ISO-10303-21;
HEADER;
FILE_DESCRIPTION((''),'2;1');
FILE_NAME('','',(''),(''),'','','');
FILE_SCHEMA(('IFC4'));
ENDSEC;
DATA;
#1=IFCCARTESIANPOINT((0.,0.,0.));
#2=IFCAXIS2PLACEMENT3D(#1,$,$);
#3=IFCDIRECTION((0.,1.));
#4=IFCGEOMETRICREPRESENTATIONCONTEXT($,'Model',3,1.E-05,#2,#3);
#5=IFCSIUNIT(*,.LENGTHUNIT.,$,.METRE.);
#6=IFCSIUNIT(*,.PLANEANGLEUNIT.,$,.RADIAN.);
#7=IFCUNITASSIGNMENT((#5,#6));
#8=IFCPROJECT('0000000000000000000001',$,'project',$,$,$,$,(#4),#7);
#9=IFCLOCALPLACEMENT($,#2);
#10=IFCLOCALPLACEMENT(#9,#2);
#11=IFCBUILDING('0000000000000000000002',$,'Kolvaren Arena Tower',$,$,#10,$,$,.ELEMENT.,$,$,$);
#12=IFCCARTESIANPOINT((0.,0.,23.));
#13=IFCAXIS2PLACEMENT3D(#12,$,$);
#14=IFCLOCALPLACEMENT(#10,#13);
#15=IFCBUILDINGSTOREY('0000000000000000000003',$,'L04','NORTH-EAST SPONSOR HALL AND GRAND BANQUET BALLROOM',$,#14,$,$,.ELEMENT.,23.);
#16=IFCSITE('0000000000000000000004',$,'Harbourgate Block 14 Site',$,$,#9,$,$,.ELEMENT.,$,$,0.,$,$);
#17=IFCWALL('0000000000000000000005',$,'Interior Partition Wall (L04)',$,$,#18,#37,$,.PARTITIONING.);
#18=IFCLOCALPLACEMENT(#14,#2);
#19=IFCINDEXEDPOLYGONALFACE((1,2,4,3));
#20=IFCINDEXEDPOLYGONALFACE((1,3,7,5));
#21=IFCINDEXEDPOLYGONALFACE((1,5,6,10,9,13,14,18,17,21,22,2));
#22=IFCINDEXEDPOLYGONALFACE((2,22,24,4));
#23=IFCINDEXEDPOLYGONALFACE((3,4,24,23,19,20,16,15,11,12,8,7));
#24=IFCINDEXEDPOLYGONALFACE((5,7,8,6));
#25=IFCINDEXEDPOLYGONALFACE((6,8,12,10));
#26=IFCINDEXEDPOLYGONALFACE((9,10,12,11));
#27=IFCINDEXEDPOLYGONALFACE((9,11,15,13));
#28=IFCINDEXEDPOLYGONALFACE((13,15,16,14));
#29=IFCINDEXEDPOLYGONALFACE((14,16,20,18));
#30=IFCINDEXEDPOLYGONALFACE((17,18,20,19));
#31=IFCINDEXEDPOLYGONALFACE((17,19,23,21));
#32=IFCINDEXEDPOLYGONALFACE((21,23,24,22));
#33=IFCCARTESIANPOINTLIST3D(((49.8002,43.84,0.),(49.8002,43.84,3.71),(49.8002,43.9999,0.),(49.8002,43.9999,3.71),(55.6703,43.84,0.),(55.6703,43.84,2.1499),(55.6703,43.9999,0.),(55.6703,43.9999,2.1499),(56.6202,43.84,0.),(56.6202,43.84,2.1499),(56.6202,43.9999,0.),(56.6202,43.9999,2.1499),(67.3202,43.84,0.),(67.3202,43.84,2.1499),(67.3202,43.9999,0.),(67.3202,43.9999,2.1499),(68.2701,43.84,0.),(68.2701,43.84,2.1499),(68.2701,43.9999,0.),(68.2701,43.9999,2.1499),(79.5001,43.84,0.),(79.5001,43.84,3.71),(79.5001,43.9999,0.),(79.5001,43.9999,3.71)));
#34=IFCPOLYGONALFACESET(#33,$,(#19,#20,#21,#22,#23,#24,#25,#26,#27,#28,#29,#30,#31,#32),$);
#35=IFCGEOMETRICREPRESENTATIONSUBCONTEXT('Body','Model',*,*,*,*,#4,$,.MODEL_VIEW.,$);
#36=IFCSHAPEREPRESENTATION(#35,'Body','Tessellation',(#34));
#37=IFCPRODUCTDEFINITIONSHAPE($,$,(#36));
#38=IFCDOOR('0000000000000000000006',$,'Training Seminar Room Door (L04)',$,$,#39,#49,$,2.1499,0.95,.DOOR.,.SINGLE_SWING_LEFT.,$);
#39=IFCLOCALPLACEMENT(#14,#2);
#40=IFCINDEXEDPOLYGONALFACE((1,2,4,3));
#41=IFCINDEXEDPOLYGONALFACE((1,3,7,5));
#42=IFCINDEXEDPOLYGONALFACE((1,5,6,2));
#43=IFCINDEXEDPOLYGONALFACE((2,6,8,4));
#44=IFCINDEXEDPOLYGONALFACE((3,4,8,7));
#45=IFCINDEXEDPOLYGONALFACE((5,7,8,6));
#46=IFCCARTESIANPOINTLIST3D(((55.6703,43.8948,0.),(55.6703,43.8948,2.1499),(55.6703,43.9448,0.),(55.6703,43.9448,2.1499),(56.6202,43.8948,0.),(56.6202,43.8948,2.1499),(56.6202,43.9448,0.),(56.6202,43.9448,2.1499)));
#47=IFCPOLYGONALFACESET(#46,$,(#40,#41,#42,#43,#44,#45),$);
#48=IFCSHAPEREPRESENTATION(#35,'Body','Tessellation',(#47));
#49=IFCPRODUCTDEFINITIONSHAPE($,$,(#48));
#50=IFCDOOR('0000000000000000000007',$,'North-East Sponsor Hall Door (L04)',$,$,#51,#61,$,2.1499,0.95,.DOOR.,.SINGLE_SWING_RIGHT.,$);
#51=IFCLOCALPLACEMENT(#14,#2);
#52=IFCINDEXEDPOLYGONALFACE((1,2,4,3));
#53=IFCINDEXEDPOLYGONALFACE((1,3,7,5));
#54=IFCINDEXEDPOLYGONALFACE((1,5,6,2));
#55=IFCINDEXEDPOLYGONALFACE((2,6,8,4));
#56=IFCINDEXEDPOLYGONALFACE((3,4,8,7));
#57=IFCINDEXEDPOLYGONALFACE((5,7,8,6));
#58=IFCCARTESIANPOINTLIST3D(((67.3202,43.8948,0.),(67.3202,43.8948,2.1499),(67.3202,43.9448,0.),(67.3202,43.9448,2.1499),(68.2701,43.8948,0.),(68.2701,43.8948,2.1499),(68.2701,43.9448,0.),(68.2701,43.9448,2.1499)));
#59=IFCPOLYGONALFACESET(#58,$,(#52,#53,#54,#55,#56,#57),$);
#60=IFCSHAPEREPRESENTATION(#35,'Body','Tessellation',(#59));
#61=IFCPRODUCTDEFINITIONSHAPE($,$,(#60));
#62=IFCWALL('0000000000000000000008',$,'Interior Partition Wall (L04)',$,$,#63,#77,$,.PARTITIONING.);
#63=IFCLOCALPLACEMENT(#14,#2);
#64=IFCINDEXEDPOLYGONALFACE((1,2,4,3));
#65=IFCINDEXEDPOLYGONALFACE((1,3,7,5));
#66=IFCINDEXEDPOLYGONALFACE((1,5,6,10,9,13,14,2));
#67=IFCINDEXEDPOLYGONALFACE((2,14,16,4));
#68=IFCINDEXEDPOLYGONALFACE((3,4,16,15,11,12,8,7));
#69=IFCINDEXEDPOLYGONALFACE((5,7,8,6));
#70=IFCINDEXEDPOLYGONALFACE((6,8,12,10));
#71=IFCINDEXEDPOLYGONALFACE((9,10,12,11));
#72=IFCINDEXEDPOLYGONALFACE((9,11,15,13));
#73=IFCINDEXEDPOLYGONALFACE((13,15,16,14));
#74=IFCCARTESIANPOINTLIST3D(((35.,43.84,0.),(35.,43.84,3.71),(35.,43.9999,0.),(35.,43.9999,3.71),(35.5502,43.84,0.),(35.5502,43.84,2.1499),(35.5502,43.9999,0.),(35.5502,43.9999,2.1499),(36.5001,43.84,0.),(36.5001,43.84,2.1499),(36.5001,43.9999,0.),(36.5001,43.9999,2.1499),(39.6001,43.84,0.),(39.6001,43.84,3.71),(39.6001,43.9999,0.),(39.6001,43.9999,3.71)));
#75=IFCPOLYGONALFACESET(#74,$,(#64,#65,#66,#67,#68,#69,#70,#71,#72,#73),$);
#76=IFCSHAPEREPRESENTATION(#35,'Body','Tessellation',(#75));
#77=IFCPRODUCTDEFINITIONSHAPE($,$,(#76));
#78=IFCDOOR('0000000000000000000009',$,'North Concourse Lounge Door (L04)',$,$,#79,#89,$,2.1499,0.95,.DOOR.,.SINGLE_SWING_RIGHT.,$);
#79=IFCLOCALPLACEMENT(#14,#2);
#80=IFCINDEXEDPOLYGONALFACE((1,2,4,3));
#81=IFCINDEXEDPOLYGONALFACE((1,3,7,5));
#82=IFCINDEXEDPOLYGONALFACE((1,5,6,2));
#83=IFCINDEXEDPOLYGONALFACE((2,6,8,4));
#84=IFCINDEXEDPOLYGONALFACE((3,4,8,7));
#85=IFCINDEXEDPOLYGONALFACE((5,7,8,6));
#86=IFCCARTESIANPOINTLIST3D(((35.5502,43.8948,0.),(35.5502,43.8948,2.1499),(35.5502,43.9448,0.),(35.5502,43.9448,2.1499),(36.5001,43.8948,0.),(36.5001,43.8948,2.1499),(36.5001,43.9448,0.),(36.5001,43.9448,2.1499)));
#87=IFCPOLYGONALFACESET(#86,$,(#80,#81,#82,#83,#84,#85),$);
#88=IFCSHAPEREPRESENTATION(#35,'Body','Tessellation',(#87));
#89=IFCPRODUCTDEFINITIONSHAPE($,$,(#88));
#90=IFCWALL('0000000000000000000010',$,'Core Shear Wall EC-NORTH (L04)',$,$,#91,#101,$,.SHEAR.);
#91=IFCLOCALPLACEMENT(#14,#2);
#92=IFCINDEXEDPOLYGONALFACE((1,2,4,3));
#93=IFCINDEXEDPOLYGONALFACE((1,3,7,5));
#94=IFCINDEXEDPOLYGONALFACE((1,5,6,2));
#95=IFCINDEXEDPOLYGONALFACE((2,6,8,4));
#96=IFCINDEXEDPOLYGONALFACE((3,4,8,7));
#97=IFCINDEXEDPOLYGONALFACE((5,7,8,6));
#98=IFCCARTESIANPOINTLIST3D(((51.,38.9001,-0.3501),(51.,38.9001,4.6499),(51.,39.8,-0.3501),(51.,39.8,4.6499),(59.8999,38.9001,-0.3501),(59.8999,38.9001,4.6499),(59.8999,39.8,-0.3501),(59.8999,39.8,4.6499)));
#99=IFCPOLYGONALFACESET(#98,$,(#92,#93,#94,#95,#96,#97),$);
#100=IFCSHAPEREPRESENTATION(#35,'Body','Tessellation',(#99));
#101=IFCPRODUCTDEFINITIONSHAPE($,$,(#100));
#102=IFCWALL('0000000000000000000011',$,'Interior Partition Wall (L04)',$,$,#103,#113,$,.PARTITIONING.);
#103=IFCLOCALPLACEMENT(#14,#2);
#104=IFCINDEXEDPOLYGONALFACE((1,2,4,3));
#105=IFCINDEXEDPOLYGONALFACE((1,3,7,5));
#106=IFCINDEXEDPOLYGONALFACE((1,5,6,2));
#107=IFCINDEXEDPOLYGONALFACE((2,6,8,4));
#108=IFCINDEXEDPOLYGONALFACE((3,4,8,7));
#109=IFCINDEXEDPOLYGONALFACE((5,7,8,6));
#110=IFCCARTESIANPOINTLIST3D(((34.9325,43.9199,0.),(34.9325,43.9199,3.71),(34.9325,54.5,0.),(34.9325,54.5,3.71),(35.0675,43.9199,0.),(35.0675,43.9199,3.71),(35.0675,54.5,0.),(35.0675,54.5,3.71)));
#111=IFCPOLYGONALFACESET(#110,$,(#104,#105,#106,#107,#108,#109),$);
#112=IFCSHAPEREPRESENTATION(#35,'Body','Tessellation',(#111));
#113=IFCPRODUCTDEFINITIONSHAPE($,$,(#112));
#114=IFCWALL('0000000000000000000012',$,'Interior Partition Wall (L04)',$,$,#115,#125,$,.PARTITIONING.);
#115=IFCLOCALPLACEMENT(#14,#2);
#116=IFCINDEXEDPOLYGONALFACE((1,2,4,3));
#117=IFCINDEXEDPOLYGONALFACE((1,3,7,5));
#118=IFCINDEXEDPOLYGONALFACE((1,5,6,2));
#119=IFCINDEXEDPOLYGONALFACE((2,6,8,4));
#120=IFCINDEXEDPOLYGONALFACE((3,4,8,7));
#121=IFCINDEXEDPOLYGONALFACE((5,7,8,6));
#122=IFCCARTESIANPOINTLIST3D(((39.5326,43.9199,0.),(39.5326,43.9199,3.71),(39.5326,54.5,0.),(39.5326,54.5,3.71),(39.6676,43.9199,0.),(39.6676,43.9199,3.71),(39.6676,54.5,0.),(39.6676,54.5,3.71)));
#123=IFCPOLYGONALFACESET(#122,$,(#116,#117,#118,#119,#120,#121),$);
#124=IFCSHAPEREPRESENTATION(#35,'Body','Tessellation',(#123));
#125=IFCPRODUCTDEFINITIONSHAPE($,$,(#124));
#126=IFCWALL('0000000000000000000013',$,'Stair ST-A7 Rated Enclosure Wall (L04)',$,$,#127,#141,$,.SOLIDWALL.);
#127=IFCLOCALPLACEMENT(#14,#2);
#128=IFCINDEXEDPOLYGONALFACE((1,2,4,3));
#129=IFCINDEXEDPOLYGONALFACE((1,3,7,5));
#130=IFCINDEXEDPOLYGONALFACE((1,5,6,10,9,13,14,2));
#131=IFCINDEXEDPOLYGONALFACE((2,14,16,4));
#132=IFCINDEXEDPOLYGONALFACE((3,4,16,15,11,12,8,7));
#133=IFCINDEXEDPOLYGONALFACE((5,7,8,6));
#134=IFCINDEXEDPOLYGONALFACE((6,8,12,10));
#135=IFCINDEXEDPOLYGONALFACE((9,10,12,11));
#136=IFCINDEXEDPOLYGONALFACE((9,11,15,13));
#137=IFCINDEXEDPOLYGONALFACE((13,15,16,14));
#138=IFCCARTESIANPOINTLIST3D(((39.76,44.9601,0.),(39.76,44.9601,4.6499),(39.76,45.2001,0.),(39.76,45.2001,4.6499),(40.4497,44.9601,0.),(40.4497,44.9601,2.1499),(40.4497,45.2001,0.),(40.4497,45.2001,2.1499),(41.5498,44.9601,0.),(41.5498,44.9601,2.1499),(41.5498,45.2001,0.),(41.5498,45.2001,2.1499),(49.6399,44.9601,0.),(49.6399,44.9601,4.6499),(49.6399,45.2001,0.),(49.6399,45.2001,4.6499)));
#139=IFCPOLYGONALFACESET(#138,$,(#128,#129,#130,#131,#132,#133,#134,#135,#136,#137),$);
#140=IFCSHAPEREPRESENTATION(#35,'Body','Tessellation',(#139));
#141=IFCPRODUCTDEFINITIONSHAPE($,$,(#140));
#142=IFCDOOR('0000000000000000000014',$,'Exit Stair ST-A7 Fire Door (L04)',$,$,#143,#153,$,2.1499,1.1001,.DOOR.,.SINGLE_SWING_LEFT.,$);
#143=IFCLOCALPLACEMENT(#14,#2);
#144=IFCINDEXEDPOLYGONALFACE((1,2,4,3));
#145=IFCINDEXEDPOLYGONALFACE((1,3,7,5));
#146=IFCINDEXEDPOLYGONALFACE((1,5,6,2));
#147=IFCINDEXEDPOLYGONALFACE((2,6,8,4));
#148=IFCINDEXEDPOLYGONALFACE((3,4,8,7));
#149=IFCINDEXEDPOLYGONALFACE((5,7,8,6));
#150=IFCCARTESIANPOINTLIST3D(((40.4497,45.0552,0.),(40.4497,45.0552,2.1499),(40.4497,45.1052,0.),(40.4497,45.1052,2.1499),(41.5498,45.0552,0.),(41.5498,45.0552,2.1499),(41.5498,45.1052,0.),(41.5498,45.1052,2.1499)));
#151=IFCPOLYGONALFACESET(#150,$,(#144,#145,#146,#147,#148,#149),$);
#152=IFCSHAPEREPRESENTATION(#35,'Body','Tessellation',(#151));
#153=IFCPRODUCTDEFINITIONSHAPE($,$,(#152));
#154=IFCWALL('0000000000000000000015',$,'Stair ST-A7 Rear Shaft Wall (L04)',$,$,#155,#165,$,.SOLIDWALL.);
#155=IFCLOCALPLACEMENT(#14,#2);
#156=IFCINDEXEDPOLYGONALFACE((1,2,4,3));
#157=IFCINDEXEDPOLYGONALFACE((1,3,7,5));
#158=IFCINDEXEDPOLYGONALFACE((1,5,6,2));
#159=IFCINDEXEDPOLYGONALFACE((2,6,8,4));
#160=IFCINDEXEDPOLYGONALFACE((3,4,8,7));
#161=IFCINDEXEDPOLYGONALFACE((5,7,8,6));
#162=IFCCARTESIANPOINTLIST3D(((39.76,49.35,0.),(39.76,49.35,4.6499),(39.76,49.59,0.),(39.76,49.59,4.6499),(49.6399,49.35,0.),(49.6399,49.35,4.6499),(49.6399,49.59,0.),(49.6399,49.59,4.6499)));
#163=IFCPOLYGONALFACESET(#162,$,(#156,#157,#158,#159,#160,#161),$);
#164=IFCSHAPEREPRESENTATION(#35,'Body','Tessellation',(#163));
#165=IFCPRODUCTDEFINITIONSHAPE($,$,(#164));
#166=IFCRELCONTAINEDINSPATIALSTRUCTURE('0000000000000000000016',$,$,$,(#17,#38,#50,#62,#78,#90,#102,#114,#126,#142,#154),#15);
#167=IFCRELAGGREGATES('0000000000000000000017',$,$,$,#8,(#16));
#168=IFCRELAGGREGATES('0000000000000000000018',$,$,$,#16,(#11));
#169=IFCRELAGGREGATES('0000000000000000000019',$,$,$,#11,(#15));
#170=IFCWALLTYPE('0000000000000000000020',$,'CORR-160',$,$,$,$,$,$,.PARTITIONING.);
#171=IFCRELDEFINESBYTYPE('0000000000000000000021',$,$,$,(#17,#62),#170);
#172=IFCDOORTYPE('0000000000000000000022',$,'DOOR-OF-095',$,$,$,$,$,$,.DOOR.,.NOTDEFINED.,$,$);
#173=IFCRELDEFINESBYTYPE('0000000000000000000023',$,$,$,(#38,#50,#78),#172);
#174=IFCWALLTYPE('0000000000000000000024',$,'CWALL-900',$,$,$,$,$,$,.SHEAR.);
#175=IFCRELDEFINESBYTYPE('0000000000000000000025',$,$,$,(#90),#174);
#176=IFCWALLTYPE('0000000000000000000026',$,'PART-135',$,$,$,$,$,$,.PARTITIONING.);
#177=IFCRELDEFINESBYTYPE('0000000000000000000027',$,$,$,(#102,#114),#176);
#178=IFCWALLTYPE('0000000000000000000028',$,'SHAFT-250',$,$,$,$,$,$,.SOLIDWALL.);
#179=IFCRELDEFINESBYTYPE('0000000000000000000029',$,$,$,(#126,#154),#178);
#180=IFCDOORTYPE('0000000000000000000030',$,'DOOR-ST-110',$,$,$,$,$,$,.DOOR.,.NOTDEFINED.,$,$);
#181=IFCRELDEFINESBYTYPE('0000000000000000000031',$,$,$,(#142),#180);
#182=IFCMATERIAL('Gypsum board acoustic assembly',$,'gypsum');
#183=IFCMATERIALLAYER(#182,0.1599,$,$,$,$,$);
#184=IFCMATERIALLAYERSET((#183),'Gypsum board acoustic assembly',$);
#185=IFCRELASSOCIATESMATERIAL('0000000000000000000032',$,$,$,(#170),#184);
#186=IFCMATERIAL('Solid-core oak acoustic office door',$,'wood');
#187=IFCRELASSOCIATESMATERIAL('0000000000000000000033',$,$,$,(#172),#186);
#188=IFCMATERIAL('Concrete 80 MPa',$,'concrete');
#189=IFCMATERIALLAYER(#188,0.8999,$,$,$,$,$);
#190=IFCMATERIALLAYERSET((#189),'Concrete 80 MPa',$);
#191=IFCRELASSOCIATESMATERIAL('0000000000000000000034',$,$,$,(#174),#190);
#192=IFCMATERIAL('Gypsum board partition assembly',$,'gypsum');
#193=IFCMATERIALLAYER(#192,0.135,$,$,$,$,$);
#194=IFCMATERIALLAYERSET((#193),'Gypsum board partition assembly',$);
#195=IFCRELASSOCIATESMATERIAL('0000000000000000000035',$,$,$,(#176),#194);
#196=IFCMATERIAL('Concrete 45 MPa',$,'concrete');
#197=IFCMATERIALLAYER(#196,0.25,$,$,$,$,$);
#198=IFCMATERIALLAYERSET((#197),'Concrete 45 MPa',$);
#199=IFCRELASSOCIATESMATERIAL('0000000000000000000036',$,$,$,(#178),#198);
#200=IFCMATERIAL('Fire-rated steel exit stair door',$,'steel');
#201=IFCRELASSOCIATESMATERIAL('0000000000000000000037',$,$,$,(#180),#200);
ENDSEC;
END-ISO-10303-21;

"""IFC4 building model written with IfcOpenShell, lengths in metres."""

from ifc_helpers import new_model, si_unit, direction, frame, frame_2d, origin, place, context, subcontext, project, spatial, rectangle, extrude, material, layer, layer_set, type_object, element, fill, save


model = new_model("IFC4")

# Units and contexts
model_context = context("Model", 3, precision=1e-05, world=origin(), true_north=direction((0.0, 1.0)))
body_context = subcontext(model_context, "Body", "Model", "MODEL_VIEW")
ifc_project = project(units=[si_unit("LENGTHUNIT", "METRE"), si_unit("PLANEANGLEUNIT", "RADIAN")], contexts=[model_context])

# Site, building, storey
site_placement = place(None, origin())
site = spatial("IfcSite", under=ifc_project, at=site_placement, Name="Harbourgate Block 14 Site", CompositionType="ELEMENT", RefElevation=0.0)
building_placement = place(site_placement, origin())
building = spatial("IfcBuilding", under=site, at=building_placement, Name="Kolvaren Arena Tower", CompositionType="ELEMENT")
storey_placement = place(building_placement, frame((0.0, 0.0, 23.0)))
storey = spatial("IfcBuildingStorey", under=building, at=storey_placement, Name="L04", Description="NORTH-EAST SPONSOR HALL AND GRAND BANQUET BALLROOM", CompositionType="ELEMENT", Elevation=23.0)

# Wall, openings, doors
ifc_material_1 = material(Name="Gypsum board acoustic assembly", Category="gypsum")
ifc_layer_1 = layer(ifc_material_1, 0.1599)
ifc_layer_set_1 = layer_set([ifc_layer_1], Name="Gypsum board acoustic assembly")
wall_type_1 = type_object("IfcWallType", Name="CORR-160", PredefinedType="PARTITIONING", material=ifc_layer_set_1)
wall_1_placement = place(storey_placement, frame((49.8, 43.9199, 0.0), z_axis=(0.0, 0.0, 1.0), x_axis=(1.0, 0.0, 0.0)))
wall_1 = element("IfcWall", 1, at=wall_1_placement, inside=storey, type_object=wall_type_1, Name="Interior Partition Wall (L04)", PredefinedType="PARTITIONING", context=body_context, shape_type="SweptSolid", body=[
    extrude(rectangle(XDim=29.7, YDim=0.1599, at=frame_2d((14.8501, 0.0))), origin(), (0.0, 0.0, 1.0), 3.71),
])
opening_1_placement = place(wall_1_placement, frame((5.8701, 0.0, 0.0)))
opening_1 = element("IfcOpeningElement", 2, at=opening_1_placement, cuts=wall_1, PredefinedType="OPENING", context=body_context, shape_type="SweptSolid", body=[
    extrude(rectangle(XDim=0.95, YDim=2.1499, at=frame_2d((0.4751, 1.075))), frame((0.0, 0.0898, 0.0), z_axis=(0.0, -1.0, 0.0), x_axis=(1.0, 0.0, 0.0)), (0.0, 0.0, 1.0), 0.1799),
])
opening_2_placement = place(wall_1_placement, frame((17.52, 0.0, 0.0)))
opening_2 = element("IfcOpeningElement", 3, at=opening_2_placement, cuts=wall_1, PredefinedType="OPENING", context=body_context, shape_type="SweptSolid", body=[
    extrude(rectangle(XDim=0.95, YDim=2.1499, at=frame_2d((0.4751, 1.075))), frame((0.0, 0.0898, 0.0), z_axis=(0.0, -1.0, 0.0), x_axis=(1.0, 0.0, 0.0)), (0.0, 0.0, 1.0), 0.1799),
])
ifc_material_2 = material(Name="Solid-core oak acoustic office door", Category="wood")
door_type_1 = type_object("IfcDoorType", Name="DOOR-OF-095", OperationType="NOTDEFINED", PredefinedType="DOOR", material=ifc_material_2)
door_1_placement = place(opening_1_placement, origin())
door_1 = element("IfcDoor", 4, at=door_1_placement, inside=storey, type_object=door_type_1, Name="Training Seminar Room Door (L04)", OperationType="SINGLE_SWING_LEFT", OverallHeight=2.1499, OverallWidth=0.95, PredefinedType="DOOR", context=body_context, shape_type="SweptSolid", body=[
    extrude(rectangle(XDim=0.95, YDim=2.1499, at=frame_2d((0.4751, 1.075))), frame((0.0, 0.0249, 0.0), z_axis=(0.0, -1.0, 0.0), x_axis=(1.0, 0.0, 0.0)), (0.0, 0.0, 1.0), 0.05),
])
fill(opening_1, door_1)
door_2_placement = place(opening_2_placement, origin())
door_2 = element("IfcDoor", 5, at=door_2_placement, inside=storey, type_object=door_type_1, Name="North-East Sponsor Hall Door (L04)", OperationType="SINGLE_SWING_RIGHT", OverallHeight=2.1499, OverallWidth=0.95, PredefinedType="DOOR", context=body_context, shape_type="SweptSolid", body=[
    extrude(rectangle(XDim=0.95, YDim=2.1499, at=frame_2d((0.4751, 1.075))), frame((0.0, 0.0249, 0.0), z_axis=(0.0, -1.0, 0.0), x_axis=(1.0, 0.0, 0.0)), (0.0, 0.0, 1.0), 0.05),
])
fill(opening_2, door_2)

# Wall, opening, door
wall_2_placement = place(storey_placement, frame((35.0, 43.9199, 0.0), z_axis=(0.0, 0.0, 1.0), x_axis=(1.0, 0.0, 0.0)))
wall_2 = element("IfcWall", 6, at=wall_2_placement, inside=storey, type_object=wall_type_1, Name="Interior Partition Wall (L04)", PredefinedType="PARTITIONING", context=body_context, shape_type="SweptSolid", body=[
    extrude(rectangle(XDim=4.6001, YDim=0.1599, at=frame_2d((2.3, 0.0))), origin(), (0.0, 0.0, 1.0), 3.71),
])
opening_3_placement = place(wall_2_placement, frame((0.55, 0.0, 0.0)))
opening_3 = element("IfcOpeningElement", 7, at=opening_3_placement, cuts=wall_2, PredefinedType="OPENING", context=body_context, shape_type="SweptSolid", body=[
    extrude(rectangle(XDim=0.95, YDim=2.1499, at=frame_2d((0.4751, 1.075))), frame((0.0, 0.0898, 0.0), z_axis=(0.0, -1.0, 0.0), x_axis=(1.0, 0.0, 0.0)), (0.0, 0.0, 1.0), 0.1799),
])
door_3_placement = place(opening_3_placement, origin())
door_3 = element("IfcDoor", 8, at=door_3_placement, inside=storey, type_object=door_type_1, Name="North Concourse Lounge Door (L04)", OperationType="SINGLE_SWING_RIGHT", OverallHeight=2.1499, OverallWidth=0.95, PredefinedType="DOOR", context=body_context, shape_type="SweptSolid", body=[
    extrude(rectangle(XDim=0.95, YDim=2.1499, at=frame_2d((0.4751, 1.075))), frame((0.0, 0.0249, 0.0), z_axis=(0.0, -1.0, 0.0), x_axis=(1.0, 0.0, 0.0)), (0.0, 0.0, 1.0), 0.05),
])
fill(opening_3, door_3)

# Walls
ifc_material_3 = material(Name="Concrete 80 MPa", Category="concrete")
ifc_layer_2 = layer(ifc_material_3, 0.8999)
ifc_layer_set_2 = layer_set([ifc_layer_2], Name="Concrete 80 MPa")
wall_type_2 = type_object("IfcWallType", Name="CWALL-900", PredefinedType="SHEAR", material=ifc_layer_set_2)
wall_3_placement = place(storey_placement, frame((51.0, 39.3501, -0.3501), z_axis=(0.0, 0.0, 1.0), x_axis=(1.0, 0.0, 0.0)))
element("IfcWall", 9, at=wall_3_placement, inside=storey, type_object=wall_type_2, Name="Core Shear Wall EC-NORTH (L04)", PredefinedType="SHEAR", context=body_context, shape_type="SweptSolid", body=[
    extrude(rectangle(XDim=8.8999, YDim=0.8999, at=frame_2d((4.45, 0.0))), origin(), (0.0, 0.0, 1.0), 5.0),
])
ifc_material_4 = material(Name="Gypsum board partition assembly", Category="gypsum")
ifc_layer_3 = layer(ifc_material_4, 0.135)
ifc_layer_set_3 = layer_set([ifc_layer_3], Name="Gypsum board partition assembly")
wall_type_3 = type_object("IfcWallType", Name="PART-135", PredefinedType="PARTITIONING", material=ifc_layer_set_3)
for number, where, z_axis, x_axis, name in (
    (10, (35.0, 43.9199, 0.0), (0.0, 0.0, 1.0), (0.0, 1.0, 0.0), "Interior Partition Wall (L04)"),
    (11, (39.6001, 43.9199, 0.0), (0.0, 0.0, 1.0), (0.0, 1.0, 0.0), "Interior Partition Wall (L04)"),
):
    element("IfcWall", number, at=place(storey_placement, frame(where, z_axis=z_axis, x_axis=x_axis)), inside=storey, type_object=wall_type_3, Name=name, PredefinedType="PARTITIONING", context=body_context, shape_type="SweptSolid", body=[
        extrude(rectangle(XDim=10.5801, YDim=0.135, at=frame_2d((5.29, 0.0))), origin(), (0.0, 0.0, 1.0), 3.71),
    ])

# Wall, opening, door
ifc_material_5 = material(Name="Concrete 45 MPa", Category="concrete")
ifc_layer_4 = layer(ifc_material_5, 0.25)
ifc_layer_set_4 = layer_set([ifc_layer_4], Name="Concrete 45 MPa")
wall_type_4 = type_object("IfcWallType", Name="SHAFT-250", PredefinedType="SOLIDWALL", material=ifc_layer_set_4)
wall_4_placement = place(storey_placement, frame((49.6399, 45.0801, 0.0), z_axis=(0.0, 0.0, 1.0), x_axis=(-1.0, 0.0, 0.0)))
wall_4 = element("IfcWall", 12, at=wall_4_placement, inside=storey, type_object=wall_type_4, Name="Stair ST-A7 Rated Enclosure Wall (L04)", PredefinedType="SOLIDWALL", context=body_context, shape_type="SweptSolid", body=[
    extrude(rectangle(XDim=9.8799, YDim=0.24, at=frame_2d((4.9399, 0.0))), origin(), (0.0, 0.0, 1.0), 4.6499),
])
opening_4_placement = place(wall_4_placement, frame((8.0901, 0.0, 0.0)))
opening_4 = element("IfcOpeningElement", 13, at=opening_4_placement, cuts=wall_4, PredefinedType="OPENING", context=body_context, shape_type="SweptSolid", body=[
    extrude(rectangle(XDim=1.1001, YDim=2.1499, at=frame_2d((0.55, 1.075))), frame((0.0, 0.1299, 0.0), z_axis=(0.0, -1.0, 0.0), x_axis=(1.0, 0.0, 0.0)), (0.0, 0.0, 1.0), 0.26),
])
ifc_material_6 = material(Name="Fire-rated steel exit stair door", Category="steel")
door_type_2 = type_object("IfcDoorType", Name="DOOR-ST-110", OperationType="NOTDEFINED", PredefinedType="DOOR", material=ifc_material_6)
door_4_placement = place(opening_4_placement, origin())
door_4 = element("IfcDoor", 14, at=door_4_placement, inside=storey, type_object=door_type_2, Name="Exit Stair ST-A7 Fire Door (L04)", OperationType="SINGLE_SWING_LEFT", OverallHeight=2.1499, OverallWidth=1.1001, PredefinedType="DOOR", context=body_context, shape_type="SweptSolid", body=[
    extrude(rectangle(XDim=1.1001, YDim=2.1499, at=frame_2d((0.55, 1.075))), frame((0.0, 0.0249, 0.0), z_axis=(0.0, -1.0, 0.0), x_axis=(1.0, 0.0, 0.0)), (0.0, 0.0, 1.0), 0.05),
])
fill(opening_4, door_4)

# Wall
wall_5_placement = place(storey_placement, frame((39.76, 49.47, 0.0), z_axis=(0.0, 0.0, 1.0), x_axis=(1.0, 0.0, 0.0)))
element("IfcWall", 15, at=wall_5_placement, inside=storey, type_object=wall_type_4, Name="Stair ST-A7 Rear Shaft Wall (L04)", PredefinedType="SOLIDWALL", context=body_context, shape_type="SweptSolid", body=[
    extrude(rectangle(XDim=9.8799, YDim=0.24, at=frame_2d((4.9399, 0.0))), origin(), (0.0, 0.0, 1.0), 4.6499),
])

save(model, "model.ifc")
